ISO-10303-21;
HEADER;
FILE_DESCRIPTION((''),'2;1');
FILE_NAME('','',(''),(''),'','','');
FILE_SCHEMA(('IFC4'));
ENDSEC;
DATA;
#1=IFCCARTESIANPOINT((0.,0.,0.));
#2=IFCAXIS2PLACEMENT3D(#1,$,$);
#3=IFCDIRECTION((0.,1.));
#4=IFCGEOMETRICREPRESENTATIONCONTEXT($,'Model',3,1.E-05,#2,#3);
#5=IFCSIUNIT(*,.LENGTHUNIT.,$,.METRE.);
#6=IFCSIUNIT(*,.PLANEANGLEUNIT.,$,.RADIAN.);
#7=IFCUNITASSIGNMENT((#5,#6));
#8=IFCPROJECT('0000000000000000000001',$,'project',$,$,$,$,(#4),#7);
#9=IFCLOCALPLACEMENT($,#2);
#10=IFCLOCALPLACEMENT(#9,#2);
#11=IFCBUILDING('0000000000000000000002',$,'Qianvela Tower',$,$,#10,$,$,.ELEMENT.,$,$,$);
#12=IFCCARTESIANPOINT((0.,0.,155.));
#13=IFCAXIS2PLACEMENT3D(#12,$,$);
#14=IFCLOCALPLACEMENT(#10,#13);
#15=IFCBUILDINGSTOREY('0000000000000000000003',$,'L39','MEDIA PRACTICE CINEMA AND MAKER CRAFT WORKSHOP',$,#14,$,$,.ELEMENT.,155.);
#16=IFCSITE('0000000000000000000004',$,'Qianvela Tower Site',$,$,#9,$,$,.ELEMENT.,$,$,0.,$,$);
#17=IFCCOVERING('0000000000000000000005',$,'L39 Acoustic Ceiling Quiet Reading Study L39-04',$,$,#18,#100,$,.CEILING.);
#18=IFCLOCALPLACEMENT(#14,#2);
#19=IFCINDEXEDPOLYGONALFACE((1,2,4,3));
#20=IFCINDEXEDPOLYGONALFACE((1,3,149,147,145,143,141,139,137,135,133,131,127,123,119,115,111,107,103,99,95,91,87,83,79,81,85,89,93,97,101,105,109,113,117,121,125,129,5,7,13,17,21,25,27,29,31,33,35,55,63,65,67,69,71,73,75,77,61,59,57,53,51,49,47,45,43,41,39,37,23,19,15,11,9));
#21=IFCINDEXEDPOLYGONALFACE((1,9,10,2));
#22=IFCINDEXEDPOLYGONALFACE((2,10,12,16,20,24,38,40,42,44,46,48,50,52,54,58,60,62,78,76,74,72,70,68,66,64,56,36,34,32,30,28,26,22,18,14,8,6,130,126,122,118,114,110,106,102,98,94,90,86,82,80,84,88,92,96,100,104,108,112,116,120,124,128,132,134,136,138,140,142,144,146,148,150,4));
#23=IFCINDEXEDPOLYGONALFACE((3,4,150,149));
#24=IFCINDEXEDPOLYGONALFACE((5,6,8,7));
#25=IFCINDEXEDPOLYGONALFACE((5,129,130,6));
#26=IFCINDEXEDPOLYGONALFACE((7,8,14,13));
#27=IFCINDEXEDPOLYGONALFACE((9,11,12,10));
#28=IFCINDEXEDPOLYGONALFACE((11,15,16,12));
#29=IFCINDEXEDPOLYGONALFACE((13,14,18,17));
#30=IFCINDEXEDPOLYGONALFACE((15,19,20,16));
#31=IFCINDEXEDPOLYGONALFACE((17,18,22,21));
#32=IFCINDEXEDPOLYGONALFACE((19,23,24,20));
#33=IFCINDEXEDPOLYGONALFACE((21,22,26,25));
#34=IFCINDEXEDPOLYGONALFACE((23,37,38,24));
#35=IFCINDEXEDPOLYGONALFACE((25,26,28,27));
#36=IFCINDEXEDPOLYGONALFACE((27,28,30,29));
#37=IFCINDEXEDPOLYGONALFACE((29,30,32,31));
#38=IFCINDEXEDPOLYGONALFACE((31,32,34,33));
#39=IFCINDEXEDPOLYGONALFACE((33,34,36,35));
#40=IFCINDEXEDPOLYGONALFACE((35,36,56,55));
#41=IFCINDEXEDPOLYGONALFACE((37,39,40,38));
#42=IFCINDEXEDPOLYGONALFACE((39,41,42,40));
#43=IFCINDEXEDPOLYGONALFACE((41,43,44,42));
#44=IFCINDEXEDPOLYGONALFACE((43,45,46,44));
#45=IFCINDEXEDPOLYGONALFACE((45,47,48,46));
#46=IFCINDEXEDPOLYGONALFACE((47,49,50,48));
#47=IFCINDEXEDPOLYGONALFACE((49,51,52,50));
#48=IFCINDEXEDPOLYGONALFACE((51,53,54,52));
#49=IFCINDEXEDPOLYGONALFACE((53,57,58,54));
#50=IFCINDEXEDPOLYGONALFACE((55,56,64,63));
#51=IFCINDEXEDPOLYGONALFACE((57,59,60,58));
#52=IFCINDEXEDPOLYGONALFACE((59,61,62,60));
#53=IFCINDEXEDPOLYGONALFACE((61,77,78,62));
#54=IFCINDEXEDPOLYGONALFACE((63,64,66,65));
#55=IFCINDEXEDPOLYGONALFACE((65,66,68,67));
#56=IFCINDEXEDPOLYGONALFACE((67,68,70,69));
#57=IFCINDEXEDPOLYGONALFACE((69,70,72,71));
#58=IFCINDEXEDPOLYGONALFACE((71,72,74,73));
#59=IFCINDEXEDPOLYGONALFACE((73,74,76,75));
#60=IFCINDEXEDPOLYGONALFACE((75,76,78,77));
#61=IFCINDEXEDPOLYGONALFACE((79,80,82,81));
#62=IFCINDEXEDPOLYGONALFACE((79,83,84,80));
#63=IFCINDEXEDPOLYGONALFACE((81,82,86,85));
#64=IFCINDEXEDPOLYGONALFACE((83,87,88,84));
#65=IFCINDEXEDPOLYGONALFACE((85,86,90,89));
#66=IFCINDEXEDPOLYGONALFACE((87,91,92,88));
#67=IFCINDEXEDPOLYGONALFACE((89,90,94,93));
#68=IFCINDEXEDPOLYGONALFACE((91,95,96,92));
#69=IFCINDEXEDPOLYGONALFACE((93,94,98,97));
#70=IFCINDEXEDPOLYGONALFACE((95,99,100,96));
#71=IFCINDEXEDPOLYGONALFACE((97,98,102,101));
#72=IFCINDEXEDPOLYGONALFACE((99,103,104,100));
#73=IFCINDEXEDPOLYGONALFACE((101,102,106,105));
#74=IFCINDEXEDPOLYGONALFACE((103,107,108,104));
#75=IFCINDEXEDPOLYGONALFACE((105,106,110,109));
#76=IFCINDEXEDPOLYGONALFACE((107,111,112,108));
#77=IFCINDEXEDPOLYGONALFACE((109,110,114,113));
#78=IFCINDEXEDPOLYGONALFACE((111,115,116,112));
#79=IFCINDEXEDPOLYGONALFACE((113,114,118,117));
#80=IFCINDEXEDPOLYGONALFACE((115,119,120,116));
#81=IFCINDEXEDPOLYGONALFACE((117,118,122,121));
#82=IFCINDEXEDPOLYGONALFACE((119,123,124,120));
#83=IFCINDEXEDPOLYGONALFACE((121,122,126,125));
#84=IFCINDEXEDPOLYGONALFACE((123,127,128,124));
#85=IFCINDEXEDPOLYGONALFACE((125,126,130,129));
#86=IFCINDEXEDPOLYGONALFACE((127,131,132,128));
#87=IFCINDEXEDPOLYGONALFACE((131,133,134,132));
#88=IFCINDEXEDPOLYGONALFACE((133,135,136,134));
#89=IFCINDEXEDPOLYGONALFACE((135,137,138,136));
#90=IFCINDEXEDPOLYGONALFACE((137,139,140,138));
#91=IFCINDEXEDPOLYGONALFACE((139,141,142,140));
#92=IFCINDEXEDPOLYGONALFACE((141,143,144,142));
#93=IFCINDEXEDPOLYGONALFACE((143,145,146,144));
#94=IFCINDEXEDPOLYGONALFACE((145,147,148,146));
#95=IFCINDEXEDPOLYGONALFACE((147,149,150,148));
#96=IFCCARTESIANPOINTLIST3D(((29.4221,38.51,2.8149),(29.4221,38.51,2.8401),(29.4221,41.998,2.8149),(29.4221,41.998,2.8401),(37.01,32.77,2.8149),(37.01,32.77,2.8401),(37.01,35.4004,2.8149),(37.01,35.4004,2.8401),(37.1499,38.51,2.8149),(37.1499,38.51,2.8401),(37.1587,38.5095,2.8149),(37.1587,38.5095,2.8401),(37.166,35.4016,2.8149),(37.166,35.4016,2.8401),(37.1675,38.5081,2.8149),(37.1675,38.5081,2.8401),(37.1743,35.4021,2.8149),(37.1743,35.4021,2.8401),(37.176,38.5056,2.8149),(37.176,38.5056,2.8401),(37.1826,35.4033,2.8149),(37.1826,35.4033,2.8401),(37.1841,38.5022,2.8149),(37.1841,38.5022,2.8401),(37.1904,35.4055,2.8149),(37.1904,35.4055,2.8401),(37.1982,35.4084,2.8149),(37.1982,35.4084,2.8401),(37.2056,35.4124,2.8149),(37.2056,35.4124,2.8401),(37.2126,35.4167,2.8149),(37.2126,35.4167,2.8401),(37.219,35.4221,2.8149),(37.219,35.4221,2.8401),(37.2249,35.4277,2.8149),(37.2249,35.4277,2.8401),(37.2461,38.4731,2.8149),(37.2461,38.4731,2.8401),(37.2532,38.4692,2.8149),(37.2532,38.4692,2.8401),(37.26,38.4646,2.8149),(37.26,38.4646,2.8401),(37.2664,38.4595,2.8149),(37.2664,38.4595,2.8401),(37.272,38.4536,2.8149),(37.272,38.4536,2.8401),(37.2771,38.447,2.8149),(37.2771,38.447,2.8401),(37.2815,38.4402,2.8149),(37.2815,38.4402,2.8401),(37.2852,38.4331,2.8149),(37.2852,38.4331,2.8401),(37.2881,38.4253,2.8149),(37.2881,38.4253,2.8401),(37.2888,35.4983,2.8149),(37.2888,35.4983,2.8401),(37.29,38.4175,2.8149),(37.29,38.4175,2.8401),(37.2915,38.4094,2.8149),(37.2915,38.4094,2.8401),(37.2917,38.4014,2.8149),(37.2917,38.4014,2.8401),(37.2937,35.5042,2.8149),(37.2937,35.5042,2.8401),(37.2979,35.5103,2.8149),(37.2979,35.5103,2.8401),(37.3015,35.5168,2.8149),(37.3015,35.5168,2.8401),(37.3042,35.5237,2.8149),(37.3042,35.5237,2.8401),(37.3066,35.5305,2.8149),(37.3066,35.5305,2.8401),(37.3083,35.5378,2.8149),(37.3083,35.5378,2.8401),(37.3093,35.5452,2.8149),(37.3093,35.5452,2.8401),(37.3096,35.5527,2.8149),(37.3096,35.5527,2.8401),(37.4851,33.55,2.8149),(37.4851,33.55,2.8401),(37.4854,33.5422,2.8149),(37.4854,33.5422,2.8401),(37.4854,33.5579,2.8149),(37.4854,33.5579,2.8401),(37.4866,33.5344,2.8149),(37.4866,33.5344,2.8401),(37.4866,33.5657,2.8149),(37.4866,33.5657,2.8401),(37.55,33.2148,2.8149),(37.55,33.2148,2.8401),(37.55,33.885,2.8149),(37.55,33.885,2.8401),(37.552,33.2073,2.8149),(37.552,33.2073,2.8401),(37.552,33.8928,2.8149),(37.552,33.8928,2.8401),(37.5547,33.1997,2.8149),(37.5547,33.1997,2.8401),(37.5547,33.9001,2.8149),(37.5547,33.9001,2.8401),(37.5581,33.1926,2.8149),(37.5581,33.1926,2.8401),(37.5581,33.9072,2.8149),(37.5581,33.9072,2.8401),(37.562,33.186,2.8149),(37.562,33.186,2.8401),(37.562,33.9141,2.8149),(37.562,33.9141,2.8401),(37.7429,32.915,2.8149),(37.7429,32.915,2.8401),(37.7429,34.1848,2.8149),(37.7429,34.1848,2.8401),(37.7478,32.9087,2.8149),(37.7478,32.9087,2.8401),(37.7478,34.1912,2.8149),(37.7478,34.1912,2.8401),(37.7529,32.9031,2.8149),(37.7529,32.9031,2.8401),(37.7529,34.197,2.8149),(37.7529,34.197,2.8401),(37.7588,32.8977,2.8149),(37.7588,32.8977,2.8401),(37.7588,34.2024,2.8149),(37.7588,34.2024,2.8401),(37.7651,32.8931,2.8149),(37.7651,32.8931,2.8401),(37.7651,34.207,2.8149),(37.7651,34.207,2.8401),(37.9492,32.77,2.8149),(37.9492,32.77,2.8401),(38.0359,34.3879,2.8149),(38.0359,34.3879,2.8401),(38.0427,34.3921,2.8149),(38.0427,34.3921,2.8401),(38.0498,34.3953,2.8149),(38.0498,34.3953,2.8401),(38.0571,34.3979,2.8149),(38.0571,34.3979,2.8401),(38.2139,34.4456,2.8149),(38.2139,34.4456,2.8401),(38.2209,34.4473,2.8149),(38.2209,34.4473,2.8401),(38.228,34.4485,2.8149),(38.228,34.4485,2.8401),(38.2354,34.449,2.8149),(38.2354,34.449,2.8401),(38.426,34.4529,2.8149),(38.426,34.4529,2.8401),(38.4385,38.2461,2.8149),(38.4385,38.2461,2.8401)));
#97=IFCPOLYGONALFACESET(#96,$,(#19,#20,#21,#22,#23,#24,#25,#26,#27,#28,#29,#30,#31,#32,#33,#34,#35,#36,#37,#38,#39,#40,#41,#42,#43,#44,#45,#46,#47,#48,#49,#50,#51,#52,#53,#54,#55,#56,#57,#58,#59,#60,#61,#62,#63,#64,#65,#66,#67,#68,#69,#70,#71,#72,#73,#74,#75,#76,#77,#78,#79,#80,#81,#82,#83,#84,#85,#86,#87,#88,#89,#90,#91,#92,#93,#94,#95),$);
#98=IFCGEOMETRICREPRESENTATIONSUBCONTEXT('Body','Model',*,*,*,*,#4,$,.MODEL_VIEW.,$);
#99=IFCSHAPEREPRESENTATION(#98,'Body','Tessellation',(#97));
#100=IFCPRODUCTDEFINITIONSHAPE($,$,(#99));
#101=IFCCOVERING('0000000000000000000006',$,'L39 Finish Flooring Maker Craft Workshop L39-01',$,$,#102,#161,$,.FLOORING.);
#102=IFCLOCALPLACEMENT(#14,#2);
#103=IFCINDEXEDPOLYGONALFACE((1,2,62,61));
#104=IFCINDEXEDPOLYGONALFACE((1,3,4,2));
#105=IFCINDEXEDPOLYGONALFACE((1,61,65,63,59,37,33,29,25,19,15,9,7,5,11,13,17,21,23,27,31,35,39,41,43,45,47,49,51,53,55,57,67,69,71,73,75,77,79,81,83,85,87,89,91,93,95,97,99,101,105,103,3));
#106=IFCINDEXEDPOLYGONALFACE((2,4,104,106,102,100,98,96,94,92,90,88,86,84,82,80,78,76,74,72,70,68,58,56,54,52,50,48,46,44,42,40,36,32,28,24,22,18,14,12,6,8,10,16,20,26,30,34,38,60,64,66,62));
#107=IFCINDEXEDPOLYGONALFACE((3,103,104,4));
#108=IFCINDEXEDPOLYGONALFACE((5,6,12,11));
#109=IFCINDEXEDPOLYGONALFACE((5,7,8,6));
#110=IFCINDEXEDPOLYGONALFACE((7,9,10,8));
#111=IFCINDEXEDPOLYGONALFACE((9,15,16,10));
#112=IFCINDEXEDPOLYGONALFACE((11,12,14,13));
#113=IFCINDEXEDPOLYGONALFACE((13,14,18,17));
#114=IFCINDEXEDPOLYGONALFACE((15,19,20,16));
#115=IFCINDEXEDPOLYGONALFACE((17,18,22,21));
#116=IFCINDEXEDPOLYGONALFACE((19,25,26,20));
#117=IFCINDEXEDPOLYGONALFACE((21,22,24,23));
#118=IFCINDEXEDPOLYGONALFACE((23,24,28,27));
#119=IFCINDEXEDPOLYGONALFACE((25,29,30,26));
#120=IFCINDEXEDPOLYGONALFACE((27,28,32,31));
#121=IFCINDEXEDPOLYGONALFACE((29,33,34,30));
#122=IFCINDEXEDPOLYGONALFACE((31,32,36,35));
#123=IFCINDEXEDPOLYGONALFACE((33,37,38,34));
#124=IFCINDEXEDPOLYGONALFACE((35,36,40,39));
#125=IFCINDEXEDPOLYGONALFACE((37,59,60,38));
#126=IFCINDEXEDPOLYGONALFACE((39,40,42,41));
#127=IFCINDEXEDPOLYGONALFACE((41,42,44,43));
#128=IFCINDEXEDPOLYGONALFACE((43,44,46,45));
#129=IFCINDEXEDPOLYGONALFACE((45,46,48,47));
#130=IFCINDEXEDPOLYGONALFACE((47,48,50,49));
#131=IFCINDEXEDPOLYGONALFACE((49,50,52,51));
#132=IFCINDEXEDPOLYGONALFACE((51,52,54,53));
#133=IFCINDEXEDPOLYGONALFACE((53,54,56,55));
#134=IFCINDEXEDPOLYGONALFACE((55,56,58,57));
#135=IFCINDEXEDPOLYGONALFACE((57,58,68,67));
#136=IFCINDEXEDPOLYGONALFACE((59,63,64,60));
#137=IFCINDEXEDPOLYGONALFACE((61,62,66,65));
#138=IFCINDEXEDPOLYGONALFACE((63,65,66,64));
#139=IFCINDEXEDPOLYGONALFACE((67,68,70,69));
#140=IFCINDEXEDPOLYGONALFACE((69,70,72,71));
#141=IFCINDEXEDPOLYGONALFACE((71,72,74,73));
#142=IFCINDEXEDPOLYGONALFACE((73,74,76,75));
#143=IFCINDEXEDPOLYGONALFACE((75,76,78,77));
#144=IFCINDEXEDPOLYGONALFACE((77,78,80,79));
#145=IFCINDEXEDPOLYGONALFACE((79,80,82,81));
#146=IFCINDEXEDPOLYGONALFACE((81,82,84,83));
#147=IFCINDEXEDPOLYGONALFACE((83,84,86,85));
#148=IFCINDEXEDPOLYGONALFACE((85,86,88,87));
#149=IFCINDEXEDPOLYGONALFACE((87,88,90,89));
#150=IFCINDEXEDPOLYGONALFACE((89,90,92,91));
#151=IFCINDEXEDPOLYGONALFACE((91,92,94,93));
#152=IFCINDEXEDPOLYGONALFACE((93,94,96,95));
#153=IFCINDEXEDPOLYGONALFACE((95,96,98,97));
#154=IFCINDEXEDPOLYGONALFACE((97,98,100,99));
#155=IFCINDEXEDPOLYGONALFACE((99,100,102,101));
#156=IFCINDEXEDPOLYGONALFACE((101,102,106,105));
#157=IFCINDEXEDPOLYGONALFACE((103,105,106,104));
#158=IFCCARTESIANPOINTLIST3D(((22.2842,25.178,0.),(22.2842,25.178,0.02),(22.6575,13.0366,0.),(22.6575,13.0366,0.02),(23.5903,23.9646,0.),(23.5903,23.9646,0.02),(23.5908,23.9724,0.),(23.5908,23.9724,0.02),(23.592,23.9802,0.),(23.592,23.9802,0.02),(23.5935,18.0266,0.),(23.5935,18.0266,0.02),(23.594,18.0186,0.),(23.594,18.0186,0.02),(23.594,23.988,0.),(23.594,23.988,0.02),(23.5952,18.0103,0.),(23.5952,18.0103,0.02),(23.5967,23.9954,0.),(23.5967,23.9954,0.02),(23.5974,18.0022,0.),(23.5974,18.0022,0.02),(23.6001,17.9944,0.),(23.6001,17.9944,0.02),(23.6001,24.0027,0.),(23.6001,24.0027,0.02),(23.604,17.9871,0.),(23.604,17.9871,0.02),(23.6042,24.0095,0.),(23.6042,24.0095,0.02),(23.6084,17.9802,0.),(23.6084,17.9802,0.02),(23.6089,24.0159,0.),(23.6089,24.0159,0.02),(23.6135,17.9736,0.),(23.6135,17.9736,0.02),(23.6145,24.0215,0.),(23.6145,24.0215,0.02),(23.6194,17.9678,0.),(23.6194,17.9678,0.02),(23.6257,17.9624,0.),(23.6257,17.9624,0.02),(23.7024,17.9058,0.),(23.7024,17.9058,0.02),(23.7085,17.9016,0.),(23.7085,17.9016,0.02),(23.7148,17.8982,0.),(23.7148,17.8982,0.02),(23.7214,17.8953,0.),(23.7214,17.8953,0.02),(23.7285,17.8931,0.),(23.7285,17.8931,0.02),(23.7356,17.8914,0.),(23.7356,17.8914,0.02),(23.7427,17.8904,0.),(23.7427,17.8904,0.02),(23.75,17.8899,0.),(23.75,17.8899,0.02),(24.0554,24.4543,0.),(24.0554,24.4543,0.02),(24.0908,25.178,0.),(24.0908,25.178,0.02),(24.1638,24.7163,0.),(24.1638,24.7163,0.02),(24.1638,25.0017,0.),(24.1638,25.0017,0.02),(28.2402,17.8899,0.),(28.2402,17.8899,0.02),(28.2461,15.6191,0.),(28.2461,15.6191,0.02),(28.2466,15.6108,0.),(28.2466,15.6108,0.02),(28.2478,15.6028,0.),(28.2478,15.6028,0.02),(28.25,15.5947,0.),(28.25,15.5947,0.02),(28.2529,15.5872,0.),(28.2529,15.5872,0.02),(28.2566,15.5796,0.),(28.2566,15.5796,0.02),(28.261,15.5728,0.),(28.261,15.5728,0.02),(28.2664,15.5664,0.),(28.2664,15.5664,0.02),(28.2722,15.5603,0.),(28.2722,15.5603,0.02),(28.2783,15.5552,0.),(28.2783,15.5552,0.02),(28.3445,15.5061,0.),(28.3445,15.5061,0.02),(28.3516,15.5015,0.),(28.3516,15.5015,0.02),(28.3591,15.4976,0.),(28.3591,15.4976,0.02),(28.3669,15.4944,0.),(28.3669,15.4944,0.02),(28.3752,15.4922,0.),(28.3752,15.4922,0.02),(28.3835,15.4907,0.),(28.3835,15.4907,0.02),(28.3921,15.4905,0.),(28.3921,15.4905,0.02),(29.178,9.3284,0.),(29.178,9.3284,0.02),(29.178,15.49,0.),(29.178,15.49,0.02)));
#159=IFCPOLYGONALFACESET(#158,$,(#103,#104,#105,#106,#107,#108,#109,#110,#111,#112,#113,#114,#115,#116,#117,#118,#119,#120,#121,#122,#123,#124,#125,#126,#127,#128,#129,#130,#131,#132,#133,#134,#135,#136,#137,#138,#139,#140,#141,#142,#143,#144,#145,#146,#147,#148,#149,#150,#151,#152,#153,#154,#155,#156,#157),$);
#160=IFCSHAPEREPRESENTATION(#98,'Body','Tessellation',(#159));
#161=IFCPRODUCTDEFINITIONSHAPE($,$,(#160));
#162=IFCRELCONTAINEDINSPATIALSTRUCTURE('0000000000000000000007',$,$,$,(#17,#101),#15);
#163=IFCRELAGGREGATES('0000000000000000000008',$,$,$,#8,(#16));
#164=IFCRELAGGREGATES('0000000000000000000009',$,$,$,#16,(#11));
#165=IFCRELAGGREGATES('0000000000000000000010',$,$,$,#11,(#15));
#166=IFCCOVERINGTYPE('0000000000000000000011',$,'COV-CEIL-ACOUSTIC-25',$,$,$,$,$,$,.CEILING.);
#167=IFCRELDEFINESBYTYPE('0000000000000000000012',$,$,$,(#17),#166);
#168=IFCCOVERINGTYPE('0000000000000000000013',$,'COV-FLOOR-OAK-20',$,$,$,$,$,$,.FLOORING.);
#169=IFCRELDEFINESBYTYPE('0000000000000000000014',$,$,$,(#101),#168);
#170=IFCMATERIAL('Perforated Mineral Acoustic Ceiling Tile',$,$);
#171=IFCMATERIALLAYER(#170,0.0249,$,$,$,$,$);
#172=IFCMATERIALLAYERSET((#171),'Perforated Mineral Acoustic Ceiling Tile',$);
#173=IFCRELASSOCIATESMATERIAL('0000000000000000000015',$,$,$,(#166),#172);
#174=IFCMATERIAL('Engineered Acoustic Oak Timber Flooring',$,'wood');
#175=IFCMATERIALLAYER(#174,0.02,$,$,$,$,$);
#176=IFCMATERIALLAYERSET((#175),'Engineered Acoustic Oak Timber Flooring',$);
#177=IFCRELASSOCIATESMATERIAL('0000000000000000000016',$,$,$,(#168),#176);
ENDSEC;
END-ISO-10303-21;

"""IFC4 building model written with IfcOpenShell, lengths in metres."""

from ifc_helpers import new_model, si_unit, direction, frame, origin, place, context, subcontext, project, spatial, polyline, outline, extrude, material, layer, layer_set, type_object, element, save


model = new_model("IFC4")

# Units and contexts
model_context = context("Model", 3, precision=1e-05, world=origin(), true_north=direction((0.0, 1.0)))
body_context = subcontext(model_context, "Body", "Model", "MODEL_VIEW")
ifc_project = project(units=[si_unit("LENGTHUNIT", "METRE"), si_unit("PLANEANGLEUNIT", "RADIAN")], contexts=[model_context])

# Site, building, storey
site_placement = place(None, origin())
site = spatial("IfcSite", under=ifc_project, at=site_placement, Name="Qianvela Tower Site", CompositionType="ELEMENT", RefElevation=0.0)
building_placement = place(site_placement, origin())
building = spatial("IfcBuilding", under=site, at=building_placement, Name="Qianvela Tower", CompositionType="ELEMENT")
storey_placement = place(building_placement, frame((0.0, 0.0, 155.0)))
storey = spatial("IfcBuildingStorey", under=building, at=storey_placement, Name="L39", Description="MEDIA PRACTICE CINEMA AND MAKER CRAFT WORKSHOP", CompositionType="ELEMENT", Elevation=155.0)

# Coverings
ifc_material_1 = material(Name="Perforated Mineral Acoustic Ceiling Tile")
ifc_layer_1 = layer(ifc_material_1, 0.0249)
ifc_layer_set_1 = layer_set([ifc_layer_1], Name="Perforated Mineral Acoustic Ceiling Tile")
covering_type_1 = type_object("IfcCoveringType", Name="COV-CEIL-ACOUSTIC-25", PredefinedType="CEILING", material=ifc_layer_set_1)
covering_1_placement = place(storey_placement, frame((0.0, 0.0, 2.8149)))
element("IfcCovering", 1, at=covering_1_placement, inside=storey, type_object=covering_type_1, Name="L39 Acoustic Ceiling Quiet Reading Study L39-04", PredefinedType="CEILING", context=body_context, shape_type="SweptSolid", body=[
    extrude(outline(polyline([(37.9492, 32.77), (37.01, 32.77), (37.01, 35.4004), (37.166, 35.4016), (37.1743, 35.4021), (37.1826, 35.4033), (37.1904, 35.4055), (37.1982, 35.4084), (37.2056, 35.4124), (37.2126, 35.4167), (37.219, 35.4221), (37.2249, 35.4277), (37.2888, 35.4983), (37.2937, 35.5042), (37.2979, 35.5103), (37.3015, 35.5168), (37.3042, 35.5237), (37.3066, 35.5305), (37.3083, 35.5378), (37.3093, 35.5452), (37.3096, 35.5527), (37.2917, 38.4014), (37.2915, 38.4094), (37.29, 38.4175), (37.2881, 38.4253), (37.2852, 38.4331), (37.2815, 38.4402), (37.2771, 38.447), (37.272, 38.4536), (37.2664, 38.4595), (37.26, 38.4646), (37.2532, 38.4692), (37.2461, 38.4731), (37.1841, 38.5022), (37.176, 38.5056), (37.1675, 38.5081), (37.1587, 38.5095), (37.1499, 38.51), (29.4221, 38.51), (29.4221, 41.998), (38.4385, 38.2461), (38.426, 34.4529), (38.2354, 34.449), (38.228, 34.4485), (38.2209, 34.4473), (38.2139, 34.4456), (38.0571, 34.3979), (38.0498, 34.3953), (38.0427, 34.3921), (38.0359, 34.3879), (37.7651, 34.207), (37.7588, 34.2024), (37.7529, 34.197), (37.7478, 34.1912), (37.7429, 34.1848), (37.562, 33.9141), (37.5581, 33.9072), (37.5547, 33.9001), (37.552, 33.8928), (37.55, 33.885), (37.4866, 33.5657), (37.4854, 33.5579), (37.4851, 33.55), (37.4854, 33.5422), (37.4866, 33.5344), (37.55, 33.2148), (37.552, 33.2073), (37.5547, 33.1997), (37.5581, 33.1926), (37.562, 33.186), (37.7429, 32.915), (37.7478, 32.9087), (37.7529, 32.9031), (37.7588, 32.8977), (37.7651, 32.8931), (37.9492, 32.77)])), origin(), (0.0, 0.0, 1.0), 0.0251),
])
ifc_material_2 = material(Name="Engineered Acoustic Oak Timber Flooring", Category="wood")
ifc_layer_2 = layer(ifc_material_2, 0.02)
ifc_layer_set_2 = layer_set([ifc_layer_2], Name="Engineered Acoustic Oak Timber Flooring")
covering_type_2 = type_object("IfcCoveringType", Name="COV-FLOOR-OAK-20", PredefinedType="FLOORING", material=ifc_layer_set_2)
covering_2_placement = place(storey_placement, origin())
element("IfcCovering", 2, at=covering_2_placement, inside=storey, type_object=covering_type_2, Name="L39 Finish Flooring Maker Craft Workshop L39-01", PredefinedType="FLOORING", context=body_context, shape_type="SweptSolid", body=[
    extrude(outline(polyline([(22.2842, 25.178), (24.0908, 25.178), (24.1638, 25.0017), (24.1638, 24.7163), (24.0554, 24.4543), (23.6145, 24.0215), (23.6089, 24.0159), (23.6042, 24.0095), (23.6001, 24.0027), (23.5967, 23.9954), (23.594, 23.988), (23.592, 23.9802), (23.5908, 23.9724), (23.5903, 23.9646), (23.5935, 18.0266), (23.594, 18.0186), (23.5952, 18.0103), (23.5974, 18.0022), (23.6001, 17.9944), (23.604, 17.9871), (23.6084, 17.9802), (23.6135, 17.9736), (23.6194, 17.9678), (23.6257, 17.9624), (23.7024, 17.9058), (23.7085, 17.9016), (23.7148, 17.8982), (23.7214, 17.8953), (23.7285, 17.8931), (23.7356, 17.8914), (23.7427, 17.8904), (23.75, 17.8899), (28.2402, 17.8899), (28.2461, 15.6191), (28.2466, 15.6108), (28.2478, 15.6028), (28.25, 15.5947), (28.2529, 15.5872), (28.2566, 15.5796), (28.261, 15.5728), (28.2664, 15.5664), (28.2722, 15.5603), (28.2783, 15.5552), (28.3445, 15.5061), (28.3516, 15.5015), (28.3591, 15.4976), (28.3669, 15.4944), (28.3752, 15.4922), (28.3835, 15.4907), (28.3921, 15.4905), (29.178, 15.49), (29.178, 9.3284), (22.6575, 13.0366), (22.2842, 25.178)])), origin(), (0.0, 0.0, 1.0), 0.02),
])

save(model, "model.ifc")
